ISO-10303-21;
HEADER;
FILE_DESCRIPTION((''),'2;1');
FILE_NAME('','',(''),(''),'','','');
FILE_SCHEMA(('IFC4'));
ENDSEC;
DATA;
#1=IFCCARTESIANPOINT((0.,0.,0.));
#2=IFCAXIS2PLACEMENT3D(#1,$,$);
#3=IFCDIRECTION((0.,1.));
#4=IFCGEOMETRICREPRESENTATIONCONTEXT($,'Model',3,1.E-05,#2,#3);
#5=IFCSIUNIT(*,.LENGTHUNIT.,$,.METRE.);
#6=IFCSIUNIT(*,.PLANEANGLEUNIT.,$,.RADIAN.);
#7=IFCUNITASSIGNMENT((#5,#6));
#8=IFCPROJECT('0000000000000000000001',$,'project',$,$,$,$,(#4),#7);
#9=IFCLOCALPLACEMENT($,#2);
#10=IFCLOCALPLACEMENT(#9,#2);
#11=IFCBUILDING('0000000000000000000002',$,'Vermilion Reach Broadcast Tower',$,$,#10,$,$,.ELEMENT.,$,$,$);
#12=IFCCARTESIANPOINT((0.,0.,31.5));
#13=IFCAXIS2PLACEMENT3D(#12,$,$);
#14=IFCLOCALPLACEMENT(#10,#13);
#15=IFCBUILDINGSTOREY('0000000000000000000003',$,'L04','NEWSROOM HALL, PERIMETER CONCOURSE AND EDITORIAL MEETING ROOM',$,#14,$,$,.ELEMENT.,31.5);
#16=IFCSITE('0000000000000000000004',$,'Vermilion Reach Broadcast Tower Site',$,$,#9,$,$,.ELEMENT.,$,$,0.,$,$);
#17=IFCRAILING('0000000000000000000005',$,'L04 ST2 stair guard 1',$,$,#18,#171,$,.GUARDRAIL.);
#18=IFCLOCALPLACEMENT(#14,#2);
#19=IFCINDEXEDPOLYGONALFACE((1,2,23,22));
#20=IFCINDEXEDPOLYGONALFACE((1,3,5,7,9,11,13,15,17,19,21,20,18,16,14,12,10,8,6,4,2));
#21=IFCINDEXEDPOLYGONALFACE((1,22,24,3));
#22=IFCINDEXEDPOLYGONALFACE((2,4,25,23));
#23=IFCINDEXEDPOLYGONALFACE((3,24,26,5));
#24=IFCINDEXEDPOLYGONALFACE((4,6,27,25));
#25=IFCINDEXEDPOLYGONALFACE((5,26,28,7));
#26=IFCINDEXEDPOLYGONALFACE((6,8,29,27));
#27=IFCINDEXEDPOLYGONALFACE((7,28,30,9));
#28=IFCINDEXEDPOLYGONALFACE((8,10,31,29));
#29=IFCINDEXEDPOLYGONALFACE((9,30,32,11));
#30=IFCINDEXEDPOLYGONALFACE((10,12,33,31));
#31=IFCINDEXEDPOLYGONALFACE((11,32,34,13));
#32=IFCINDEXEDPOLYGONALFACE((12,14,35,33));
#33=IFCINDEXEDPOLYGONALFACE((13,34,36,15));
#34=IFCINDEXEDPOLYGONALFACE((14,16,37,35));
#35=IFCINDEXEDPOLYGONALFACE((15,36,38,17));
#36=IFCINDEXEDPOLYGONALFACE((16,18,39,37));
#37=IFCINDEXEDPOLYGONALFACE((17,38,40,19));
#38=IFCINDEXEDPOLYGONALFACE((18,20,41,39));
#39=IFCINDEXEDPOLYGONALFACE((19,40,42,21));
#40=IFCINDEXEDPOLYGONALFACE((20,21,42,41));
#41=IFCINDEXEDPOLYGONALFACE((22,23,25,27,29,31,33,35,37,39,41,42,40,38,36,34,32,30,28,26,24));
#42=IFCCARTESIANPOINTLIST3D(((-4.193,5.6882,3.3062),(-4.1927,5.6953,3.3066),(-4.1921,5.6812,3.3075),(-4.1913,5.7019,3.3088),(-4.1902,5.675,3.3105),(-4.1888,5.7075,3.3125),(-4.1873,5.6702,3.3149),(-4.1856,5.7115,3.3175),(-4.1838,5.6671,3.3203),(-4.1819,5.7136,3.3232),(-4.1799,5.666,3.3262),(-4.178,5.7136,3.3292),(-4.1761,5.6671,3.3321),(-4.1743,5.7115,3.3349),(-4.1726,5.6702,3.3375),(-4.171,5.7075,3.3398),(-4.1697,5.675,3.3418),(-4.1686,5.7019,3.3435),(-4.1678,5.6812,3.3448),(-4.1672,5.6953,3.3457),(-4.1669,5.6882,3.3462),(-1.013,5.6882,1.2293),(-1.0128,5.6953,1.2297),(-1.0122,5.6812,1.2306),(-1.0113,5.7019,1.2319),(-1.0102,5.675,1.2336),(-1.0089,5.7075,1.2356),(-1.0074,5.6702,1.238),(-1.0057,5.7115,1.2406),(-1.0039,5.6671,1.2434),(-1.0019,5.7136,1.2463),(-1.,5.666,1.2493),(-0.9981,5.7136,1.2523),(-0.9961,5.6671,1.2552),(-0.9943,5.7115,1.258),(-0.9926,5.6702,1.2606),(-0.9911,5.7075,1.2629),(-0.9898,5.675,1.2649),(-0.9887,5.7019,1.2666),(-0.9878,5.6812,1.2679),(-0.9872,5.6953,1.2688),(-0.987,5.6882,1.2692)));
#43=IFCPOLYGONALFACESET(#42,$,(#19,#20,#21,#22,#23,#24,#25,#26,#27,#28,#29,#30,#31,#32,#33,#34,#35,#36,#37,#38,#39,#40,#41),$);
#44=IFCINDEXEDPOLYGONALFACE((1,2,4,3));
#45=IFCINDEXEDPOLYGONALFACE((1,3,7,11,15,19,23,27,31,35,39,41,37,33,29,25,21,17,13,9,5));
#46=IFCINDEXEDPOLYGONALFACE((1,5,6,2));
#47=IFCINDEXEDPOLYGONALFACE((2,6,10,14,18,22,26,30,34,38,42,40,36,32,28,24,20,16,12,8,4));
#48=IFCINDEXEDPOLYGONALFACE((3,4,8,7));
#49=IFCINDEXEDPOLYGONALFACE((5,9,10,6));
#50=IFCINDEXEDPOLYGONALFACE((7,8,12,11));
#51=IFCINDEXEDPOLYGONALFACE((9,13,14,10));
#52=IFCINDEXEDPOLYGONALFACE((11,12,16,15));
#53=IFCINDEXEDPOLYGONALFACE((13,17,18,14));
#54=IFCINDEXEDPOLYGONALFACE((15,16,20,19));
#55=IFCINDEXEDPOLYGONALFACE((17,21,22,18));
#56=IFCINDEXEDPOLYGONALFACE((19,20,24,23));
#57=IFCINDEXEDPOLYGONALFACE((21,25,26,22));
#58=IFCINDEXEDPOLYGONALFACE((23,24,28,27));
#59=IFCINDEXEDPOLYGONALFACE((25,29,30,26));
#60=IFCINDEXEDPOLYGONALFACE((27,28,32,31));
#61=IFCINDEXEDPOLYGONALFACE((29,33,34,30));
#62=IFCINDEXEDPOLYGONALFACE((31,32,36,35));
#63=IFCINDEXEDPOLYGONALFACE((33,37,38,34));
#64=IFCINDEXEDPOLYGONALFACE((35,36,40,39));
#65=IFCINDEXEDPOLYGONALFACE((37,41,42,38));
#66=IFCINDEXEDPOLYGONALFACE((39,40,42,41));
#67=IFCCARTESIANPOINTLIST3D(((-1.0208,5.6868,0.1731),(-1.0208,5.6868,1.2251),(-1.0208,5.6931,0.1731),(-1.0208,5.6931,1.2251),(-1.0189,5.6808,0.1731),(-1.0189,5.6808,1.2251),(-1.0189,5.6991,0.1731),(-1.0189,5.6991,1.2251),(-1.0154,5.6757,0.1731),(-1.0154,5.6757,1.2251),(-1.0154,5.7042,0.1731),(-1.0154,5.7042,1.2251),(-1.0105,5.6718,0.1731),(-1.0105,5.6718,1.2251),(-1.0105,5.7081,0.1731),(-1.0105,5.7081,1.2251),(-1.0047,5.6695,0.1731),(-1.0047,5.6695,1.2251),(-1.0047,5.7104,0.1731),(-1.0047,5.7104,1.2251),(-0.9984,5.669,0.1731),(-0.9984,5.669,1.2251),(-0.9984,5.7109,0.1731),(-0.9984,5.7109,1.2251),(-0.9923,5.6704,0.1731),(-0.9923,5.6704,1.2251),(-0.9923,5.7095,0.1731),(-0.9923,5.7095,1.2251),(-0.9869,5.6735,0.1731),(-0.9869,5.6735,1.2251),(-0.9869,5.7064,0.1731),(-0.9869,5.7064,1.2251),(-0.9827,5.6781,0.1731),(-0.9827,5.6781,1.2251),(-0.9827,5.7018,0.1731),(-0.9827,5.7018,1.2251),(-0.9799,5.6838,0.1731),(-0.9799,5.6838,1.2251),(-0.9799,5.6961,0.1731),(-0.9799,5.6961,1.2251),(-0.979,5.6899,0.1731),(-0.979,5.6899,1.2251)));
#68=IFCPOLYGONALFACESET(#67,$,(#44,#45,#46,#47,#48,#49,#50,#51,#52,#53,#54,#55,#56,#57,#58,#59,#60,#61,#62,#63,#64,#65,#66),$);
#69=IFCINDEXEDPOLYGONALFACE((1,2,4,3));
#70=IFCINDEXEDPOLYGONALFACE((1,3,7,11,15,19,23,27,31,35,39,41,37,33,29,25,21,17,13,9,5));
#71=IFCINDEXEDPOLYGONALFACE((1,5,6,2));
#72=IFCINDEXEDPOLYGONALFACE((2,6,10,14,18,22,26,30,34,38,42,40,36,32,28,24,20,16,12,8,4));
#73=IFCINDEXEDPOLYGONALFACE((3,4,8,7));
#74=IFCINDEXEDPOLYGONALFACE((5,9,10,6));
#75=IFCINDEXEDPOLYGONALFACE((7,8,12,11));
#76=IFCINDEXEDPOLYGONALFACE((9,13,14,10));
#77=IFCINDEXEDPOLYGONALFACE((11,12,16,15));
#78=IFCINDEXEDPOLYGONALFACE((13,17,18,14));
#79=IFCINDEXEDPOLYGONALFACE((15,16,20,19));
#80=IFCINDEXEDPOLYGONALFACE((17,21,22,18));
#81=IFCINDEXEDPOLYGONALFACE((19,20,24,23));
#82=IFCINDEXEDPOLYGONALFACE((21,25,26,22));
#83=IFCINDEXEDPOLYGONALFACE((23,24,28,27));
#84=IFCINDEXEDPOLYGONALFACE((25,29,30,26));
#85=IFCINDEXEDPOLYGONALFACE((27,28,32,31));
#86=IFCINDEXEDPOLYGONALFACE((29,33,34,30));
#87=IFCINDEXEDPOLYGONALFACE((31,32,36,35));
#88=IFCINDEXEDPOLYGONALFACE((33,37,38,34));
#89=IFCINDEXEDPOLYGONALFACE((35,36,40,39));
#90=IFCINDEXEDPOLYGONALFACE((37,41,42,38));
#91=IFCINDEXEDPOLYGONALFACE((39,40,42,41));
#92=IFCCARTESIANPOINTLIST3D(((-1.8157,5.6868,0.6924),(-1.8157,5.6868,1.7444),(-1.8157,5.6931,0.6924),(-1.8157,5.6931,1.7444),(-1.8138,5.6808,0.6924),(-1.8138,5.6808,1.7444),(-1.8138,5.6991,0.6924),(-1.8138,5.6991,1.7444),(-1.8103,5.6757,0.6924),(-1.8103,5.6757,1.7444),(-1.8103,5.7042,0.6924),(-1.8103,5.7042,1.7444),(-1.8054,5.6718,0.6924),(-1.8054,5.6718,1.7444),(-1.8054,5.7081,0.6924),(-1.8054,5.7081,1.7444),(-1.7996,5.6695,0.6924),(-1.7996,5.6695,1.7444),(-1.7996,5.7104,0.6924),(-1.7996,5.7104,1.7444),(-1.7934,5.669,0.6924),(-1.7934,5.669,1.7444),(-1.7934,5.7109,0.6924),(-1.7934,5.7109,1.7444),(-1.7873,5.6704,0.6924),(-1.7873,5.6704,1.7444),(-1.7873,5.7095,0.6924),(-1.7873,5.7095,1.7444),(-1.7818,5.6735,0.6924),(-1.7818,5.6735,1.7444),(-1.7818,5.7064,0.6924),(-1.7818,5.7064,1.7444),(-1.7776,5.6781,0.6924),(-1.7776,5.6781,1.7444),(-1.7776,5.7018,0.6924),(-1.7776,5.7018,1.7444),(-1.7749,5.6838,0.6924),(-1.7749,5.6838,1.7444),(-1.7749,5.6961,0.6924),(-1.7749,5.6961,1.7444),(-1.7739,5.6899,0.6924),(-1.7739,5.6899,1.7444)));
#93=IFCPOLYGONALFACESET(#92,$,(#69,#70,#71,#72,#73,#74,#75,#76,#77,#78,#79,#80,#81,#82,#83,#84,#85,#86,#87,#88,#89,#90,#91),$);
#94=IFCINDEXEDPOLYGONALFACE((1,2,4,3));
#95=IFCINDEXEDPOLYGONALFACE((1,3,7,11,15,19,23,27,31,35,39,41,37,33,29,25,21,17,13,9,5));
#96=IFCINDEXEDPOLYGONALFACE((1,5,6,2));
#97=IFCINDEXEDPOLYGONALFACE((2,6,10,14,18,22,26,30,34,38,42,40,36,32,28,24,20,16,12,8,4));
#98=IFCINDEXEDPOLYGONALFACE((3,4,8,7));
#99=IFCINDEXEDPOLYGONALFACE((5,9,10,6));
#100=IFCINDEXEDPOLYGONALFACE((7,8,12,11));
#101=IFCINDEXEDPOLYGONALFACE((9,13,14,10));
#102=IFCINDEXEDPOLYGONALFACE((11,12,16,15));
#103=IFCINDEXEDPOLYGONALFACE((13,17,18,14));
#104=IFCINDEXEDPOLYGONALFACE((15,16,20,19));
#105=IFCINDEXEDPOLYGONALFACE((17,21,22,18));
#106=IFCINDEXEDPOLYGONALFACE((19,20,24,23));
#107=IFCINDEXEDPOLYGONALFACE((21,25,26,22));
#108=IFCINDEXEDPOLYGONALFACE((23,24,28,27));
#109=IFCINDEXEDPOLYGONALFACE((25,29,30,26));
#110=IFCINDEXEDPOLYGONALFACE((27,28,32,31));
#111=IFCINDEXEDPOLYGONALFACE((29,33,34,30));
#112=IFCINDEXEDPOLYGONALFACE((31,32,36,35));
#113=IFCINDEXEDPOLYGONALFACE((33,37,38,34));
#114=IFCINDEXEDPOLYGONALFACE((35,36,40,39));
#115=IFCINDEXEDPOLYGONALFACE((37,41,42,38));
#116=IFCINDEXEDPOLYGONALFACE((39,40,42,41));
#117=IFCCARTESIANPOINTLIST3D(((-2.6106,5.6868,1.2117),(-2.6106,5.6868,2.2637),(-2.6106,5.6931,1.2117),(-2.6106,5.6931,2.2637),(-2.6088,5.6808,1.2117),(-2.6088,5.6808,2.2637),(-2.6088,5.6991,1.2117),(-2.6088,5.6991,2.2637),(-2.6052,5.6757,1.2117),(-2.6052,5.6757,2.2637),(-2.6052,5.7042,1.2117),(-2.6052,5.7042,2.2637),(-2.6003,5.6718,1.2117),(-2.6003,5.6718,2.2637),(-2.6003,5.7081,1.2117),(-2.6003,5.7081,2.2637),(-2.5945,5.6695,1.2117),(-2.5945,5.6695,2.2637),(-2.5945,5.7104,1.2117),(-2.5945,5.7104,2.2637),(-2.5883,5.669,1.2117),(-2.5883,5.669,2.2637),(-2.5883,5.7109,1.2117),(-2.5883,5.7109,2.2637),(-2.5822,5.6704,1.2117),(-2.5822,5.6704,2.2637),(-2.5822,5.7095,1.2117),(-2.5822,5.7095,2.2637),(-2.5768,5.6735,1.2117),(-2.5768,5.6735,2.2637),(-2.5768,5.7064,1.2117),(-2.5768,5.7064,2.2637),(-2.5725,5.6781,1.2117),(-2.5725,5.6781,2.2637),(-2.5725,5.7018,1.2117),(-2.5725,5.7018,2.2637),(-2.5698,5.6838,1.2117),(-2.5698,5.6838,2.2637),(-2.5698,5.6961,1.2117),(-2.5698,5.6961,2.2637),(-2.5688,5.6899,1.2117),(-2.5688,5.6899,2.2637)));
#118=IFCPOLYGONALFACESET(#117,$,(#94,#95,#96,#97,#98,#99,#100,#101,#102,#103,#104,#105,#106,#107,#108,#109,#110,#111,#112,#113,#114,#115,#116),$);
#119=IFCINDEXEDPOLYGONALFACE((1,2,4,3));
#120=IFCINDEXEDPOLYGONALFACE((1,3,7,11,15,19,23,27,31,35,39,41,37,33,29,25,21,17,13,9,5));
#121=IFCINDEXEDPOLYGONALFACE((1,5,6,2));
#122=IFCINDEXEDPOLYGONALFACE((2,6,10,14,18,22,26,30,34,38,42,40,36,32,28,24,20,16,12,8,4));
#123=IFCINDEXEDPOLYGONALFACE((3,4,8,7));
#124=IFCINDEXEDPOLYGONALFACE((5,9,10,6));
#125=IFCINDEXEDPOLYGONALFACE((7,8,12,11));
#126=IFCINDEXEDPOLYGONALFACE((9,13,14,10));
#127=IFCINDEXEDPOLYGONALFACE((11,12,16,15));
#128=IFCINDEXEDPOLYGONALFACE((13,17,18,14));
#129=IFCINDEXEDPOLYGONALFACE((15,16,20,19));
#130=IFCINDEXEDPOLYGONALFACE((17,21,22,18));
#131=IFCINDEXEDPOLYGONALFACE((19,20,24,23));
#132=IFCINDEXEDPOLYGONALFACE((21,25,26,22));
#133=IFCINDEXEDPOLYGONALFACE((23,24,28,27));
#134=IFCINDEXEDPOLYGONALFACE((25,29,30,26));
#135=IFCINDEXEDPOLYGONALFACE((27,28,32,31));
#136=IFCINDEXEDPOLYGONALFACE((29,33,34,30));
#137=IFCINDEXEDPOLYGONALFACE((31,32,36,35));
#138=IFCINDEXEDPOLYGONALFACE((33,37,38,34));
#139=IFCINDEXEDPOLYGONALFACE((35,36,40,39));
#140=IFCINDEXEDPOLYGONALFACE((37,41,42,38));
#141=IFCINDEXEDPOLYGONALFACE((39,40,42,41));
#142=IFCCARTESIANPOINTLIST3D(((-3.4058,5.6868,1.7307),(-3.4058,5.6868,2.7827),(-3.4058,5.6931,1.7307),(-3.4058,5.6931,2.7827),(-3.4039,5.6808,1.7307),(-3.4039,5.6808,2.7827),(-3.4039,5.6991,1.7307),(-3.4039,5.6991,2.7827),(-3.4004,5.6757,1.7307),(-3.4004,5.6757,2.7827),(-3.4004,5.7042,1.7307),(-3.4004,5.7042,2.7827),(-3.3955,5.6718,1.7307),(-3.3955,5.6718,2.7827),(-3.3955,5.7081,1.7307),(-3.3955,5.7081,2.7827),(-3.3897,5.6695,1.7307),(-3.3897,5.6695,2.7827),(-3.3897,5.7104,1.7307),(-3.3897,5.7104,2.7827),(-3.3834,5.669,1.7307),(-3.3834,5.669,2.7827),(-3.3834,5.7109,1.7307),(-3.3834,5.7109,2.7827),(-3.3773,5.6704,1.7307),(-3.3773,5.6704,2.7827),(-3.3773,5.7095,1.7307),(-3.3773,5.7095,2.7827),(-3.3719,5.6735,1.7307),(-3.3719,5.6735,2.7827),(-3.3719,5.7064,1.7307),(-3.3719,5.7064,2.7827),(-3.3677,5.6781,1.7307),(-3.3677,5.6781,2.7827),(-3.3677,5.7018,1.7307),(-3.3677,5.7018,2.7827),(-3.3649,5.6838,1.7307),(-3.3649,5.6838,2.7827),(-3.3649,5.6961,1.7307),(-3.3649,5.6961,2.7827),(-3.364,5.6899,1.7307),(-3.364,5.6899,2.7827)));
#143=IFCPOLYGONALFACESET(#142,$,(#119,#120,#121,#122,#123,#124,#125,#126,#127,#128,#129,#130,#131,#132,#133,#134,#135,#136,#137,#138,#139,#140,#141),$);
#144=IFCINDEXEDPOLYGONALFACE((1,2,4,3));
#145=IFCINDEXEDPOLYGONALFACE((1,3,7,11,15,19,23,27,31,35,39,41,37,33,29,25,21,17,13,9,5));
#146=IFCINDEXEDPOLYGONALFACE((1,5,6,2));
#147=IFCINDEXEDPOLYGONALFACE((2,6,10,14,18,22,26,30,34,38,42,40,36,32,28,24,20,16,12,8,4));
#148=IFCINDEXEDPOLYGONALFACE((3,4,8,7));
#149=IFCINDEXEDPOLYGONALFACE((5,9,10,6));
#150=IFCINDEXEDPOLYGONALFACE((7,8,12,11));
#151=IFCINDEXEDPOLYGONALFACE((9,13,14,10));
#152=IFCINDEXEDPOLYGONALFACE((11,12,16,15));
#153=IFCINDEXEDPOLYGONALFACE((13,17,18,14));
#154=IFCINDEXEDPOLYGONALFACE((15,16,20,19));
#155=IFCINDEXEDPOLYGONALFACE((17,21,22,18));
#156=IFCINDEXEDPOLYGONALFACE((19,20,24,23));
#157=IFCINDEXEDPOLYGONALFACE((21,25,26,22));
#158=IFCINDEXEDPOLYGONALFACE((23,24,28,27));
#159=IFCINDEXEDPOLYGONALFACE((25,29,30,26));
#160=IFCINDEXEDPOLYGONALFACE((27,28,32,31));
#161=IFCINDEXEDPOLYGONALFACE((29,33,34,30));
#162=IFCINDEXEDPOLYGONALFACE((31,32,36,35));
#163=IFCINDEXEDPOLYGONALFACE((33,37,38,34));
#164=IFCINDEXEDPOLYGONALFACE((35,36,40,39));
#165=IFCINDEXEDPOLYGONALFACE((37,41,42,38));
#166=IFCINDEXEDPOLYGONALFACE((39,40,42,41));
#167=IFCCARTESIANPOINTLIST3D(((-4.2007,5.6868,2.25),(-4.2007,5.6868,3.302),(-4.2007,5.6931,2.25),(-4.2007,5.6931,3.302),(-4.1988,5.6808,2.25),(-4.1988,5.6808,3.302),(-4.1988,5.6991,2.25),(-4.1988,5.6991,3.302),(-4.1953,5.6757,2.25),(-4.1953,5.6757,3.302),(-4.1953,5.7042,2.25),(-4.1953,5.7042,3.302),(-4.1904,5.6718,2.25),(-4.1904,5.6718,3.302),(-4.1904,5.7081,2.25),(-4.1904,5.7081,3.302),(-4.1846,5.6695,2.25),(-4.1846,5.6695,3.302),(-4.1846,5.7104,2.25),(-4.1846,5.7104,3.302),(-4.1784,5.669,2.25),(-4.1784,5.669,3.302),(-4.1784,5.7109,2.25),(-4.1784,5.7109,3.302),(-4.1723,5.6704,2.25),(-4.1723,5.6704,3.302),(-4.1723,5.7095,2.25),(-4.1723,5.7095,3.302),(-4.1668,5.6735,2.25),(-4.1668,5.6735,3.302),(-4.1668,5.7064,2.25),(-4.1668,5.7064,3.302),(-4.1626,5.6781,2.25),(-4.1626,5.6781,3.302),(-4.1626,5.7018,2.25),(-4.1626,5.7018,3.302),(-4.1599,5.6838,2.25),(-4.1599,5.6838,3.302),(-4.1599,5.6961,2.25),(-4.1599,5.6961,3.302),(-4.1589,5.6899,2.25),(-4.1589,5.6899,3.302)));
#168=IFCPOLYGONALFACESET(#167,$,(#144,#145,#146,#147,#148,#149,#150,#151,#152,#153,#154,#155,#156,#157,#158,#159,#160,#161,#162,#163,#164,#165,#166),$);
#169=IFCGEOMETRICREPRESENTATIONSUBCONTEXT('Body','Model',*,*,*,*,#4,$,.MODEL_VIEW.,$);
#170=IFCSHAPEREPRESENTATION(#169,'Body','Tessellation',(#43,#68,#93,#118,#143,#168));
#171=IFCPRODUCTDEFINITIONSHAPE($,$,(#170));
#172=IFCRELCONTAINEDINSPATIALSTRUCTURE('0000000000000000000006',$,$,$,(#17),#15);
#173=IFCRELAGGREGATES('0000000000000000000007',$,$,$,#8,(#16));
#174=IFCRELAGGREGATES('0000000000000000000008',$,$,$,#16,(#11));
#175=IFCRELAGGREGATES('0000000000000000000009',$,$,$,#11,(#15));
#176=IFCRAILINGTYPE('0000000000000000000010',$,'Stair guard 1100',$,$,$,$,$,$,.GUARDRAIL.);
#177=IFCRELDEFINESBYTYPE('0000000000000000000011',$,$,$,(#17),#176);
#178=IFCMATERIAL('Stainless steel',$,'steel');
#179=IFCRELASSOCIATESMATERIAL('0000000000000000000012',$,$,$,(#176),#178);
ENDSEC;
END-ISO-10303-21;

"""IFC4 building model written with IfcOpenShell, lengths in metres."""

from ifc_helpers import new_model, si_unit, direction, frame, origin, origin_2d, place, context, subcontext, project, spatial, circle, extrude, material, type_object, element, save


model = new_model("IFC4")

# Units and contexts
model_context = context("Model", 3, precision=1e-05, world=origin(), true_north=direction((0.0, 1.0)))
body_context = subcontext(model_context, "Body", "Model", "MODEL_VIEW")
ifc_project = project(units=[si_unit("LENGTHUNIT", "METRE"), si_unit("PLANEANGLEUNIT", "RADIAN")], contexts=[model_context])

# Site, building, storey
site_placement = place(None, origin())
site = spatial("IfcSite", under=ifc_project, at=site_placement, Name="Vermilion Reach Broadcast Tower Site", CompositionType="ELEMENT", RefElevation=0.0)
building_placement = place(site_placement, origin())
building = spatial("IfcBuilding", under=site, at=building_placement, Name="Vermilion Reach Broadcast Tower", CompositionType="ELEMENT")
storey_placement = place(building_placement, frame((0.0, 0.0, 31.5)))
storey = spatial("IfcBuildingStorey", under=building, at=storey_placement, Name="L04", Description="NEWSROOM HALL, PERIMETER CONCOURSE AND EDITORIAL MEETING ROOM", CompositionType="ELEMENT", Elevation=31.5)

# Railing
ifc_material_1 = material(Name="Stainless steel", Category="steel")
railing_type_1 = type_object("IfcRailingType", Name="Stair guard 1100", PredefinedType="GUARDRAIL", material=ifc_material_1)
railing_1_placement = place(storey_placement, frame((-1.0, 5.6899, 0.1731)))
element("IfcRailing", 1, at=railing_1_placement, inside=storey, type_object=railing_type_1, Name="L04 ST2 stair guard 1", PredefinedType="GUARDRAIL", context=body_context, shape_type="SweptSolid", body=[
    extrude(circle(Radius=0.0239, at=origin_2d()), frame((0.0, 0.0, 1.0762), z_axis=(-0.837245, 0.0, 0.546828), x_axis=(0.0, -1.0, 0.0)), (0.0, 0.0, 1.0), 3.7981),
    extrude(circle(Radius=0.021, at=origin_2d()), origin(), (0.0, 0.0, 1.0), 1.052),
    extrude(circle(Radius=0.021, at=origin_2d()), frame((-0.7949, 0.0, 0.5193)), (0.0, 0.0, 1.0), 1.052),
    extrude(circle(Radius=0.021, at=origin_2d()), frame((-1.5898, 0.0, 1.0386)), (0.0, 0.0, 1.0), 1.052),
    extrude(circle(Radius=0.021, at=origin_2d()), frame((-2.385, 0.0, 1.5576)), (0.0, 0.0, 1.0), 1.052),
    extrude(circle(Radius=0.021, at=origin_2d()), frame((-3.1799, 0.0, 2.0769)), (0.0, 0.0, 1.0), 1.052),
])

save(model, "model.ifc")
